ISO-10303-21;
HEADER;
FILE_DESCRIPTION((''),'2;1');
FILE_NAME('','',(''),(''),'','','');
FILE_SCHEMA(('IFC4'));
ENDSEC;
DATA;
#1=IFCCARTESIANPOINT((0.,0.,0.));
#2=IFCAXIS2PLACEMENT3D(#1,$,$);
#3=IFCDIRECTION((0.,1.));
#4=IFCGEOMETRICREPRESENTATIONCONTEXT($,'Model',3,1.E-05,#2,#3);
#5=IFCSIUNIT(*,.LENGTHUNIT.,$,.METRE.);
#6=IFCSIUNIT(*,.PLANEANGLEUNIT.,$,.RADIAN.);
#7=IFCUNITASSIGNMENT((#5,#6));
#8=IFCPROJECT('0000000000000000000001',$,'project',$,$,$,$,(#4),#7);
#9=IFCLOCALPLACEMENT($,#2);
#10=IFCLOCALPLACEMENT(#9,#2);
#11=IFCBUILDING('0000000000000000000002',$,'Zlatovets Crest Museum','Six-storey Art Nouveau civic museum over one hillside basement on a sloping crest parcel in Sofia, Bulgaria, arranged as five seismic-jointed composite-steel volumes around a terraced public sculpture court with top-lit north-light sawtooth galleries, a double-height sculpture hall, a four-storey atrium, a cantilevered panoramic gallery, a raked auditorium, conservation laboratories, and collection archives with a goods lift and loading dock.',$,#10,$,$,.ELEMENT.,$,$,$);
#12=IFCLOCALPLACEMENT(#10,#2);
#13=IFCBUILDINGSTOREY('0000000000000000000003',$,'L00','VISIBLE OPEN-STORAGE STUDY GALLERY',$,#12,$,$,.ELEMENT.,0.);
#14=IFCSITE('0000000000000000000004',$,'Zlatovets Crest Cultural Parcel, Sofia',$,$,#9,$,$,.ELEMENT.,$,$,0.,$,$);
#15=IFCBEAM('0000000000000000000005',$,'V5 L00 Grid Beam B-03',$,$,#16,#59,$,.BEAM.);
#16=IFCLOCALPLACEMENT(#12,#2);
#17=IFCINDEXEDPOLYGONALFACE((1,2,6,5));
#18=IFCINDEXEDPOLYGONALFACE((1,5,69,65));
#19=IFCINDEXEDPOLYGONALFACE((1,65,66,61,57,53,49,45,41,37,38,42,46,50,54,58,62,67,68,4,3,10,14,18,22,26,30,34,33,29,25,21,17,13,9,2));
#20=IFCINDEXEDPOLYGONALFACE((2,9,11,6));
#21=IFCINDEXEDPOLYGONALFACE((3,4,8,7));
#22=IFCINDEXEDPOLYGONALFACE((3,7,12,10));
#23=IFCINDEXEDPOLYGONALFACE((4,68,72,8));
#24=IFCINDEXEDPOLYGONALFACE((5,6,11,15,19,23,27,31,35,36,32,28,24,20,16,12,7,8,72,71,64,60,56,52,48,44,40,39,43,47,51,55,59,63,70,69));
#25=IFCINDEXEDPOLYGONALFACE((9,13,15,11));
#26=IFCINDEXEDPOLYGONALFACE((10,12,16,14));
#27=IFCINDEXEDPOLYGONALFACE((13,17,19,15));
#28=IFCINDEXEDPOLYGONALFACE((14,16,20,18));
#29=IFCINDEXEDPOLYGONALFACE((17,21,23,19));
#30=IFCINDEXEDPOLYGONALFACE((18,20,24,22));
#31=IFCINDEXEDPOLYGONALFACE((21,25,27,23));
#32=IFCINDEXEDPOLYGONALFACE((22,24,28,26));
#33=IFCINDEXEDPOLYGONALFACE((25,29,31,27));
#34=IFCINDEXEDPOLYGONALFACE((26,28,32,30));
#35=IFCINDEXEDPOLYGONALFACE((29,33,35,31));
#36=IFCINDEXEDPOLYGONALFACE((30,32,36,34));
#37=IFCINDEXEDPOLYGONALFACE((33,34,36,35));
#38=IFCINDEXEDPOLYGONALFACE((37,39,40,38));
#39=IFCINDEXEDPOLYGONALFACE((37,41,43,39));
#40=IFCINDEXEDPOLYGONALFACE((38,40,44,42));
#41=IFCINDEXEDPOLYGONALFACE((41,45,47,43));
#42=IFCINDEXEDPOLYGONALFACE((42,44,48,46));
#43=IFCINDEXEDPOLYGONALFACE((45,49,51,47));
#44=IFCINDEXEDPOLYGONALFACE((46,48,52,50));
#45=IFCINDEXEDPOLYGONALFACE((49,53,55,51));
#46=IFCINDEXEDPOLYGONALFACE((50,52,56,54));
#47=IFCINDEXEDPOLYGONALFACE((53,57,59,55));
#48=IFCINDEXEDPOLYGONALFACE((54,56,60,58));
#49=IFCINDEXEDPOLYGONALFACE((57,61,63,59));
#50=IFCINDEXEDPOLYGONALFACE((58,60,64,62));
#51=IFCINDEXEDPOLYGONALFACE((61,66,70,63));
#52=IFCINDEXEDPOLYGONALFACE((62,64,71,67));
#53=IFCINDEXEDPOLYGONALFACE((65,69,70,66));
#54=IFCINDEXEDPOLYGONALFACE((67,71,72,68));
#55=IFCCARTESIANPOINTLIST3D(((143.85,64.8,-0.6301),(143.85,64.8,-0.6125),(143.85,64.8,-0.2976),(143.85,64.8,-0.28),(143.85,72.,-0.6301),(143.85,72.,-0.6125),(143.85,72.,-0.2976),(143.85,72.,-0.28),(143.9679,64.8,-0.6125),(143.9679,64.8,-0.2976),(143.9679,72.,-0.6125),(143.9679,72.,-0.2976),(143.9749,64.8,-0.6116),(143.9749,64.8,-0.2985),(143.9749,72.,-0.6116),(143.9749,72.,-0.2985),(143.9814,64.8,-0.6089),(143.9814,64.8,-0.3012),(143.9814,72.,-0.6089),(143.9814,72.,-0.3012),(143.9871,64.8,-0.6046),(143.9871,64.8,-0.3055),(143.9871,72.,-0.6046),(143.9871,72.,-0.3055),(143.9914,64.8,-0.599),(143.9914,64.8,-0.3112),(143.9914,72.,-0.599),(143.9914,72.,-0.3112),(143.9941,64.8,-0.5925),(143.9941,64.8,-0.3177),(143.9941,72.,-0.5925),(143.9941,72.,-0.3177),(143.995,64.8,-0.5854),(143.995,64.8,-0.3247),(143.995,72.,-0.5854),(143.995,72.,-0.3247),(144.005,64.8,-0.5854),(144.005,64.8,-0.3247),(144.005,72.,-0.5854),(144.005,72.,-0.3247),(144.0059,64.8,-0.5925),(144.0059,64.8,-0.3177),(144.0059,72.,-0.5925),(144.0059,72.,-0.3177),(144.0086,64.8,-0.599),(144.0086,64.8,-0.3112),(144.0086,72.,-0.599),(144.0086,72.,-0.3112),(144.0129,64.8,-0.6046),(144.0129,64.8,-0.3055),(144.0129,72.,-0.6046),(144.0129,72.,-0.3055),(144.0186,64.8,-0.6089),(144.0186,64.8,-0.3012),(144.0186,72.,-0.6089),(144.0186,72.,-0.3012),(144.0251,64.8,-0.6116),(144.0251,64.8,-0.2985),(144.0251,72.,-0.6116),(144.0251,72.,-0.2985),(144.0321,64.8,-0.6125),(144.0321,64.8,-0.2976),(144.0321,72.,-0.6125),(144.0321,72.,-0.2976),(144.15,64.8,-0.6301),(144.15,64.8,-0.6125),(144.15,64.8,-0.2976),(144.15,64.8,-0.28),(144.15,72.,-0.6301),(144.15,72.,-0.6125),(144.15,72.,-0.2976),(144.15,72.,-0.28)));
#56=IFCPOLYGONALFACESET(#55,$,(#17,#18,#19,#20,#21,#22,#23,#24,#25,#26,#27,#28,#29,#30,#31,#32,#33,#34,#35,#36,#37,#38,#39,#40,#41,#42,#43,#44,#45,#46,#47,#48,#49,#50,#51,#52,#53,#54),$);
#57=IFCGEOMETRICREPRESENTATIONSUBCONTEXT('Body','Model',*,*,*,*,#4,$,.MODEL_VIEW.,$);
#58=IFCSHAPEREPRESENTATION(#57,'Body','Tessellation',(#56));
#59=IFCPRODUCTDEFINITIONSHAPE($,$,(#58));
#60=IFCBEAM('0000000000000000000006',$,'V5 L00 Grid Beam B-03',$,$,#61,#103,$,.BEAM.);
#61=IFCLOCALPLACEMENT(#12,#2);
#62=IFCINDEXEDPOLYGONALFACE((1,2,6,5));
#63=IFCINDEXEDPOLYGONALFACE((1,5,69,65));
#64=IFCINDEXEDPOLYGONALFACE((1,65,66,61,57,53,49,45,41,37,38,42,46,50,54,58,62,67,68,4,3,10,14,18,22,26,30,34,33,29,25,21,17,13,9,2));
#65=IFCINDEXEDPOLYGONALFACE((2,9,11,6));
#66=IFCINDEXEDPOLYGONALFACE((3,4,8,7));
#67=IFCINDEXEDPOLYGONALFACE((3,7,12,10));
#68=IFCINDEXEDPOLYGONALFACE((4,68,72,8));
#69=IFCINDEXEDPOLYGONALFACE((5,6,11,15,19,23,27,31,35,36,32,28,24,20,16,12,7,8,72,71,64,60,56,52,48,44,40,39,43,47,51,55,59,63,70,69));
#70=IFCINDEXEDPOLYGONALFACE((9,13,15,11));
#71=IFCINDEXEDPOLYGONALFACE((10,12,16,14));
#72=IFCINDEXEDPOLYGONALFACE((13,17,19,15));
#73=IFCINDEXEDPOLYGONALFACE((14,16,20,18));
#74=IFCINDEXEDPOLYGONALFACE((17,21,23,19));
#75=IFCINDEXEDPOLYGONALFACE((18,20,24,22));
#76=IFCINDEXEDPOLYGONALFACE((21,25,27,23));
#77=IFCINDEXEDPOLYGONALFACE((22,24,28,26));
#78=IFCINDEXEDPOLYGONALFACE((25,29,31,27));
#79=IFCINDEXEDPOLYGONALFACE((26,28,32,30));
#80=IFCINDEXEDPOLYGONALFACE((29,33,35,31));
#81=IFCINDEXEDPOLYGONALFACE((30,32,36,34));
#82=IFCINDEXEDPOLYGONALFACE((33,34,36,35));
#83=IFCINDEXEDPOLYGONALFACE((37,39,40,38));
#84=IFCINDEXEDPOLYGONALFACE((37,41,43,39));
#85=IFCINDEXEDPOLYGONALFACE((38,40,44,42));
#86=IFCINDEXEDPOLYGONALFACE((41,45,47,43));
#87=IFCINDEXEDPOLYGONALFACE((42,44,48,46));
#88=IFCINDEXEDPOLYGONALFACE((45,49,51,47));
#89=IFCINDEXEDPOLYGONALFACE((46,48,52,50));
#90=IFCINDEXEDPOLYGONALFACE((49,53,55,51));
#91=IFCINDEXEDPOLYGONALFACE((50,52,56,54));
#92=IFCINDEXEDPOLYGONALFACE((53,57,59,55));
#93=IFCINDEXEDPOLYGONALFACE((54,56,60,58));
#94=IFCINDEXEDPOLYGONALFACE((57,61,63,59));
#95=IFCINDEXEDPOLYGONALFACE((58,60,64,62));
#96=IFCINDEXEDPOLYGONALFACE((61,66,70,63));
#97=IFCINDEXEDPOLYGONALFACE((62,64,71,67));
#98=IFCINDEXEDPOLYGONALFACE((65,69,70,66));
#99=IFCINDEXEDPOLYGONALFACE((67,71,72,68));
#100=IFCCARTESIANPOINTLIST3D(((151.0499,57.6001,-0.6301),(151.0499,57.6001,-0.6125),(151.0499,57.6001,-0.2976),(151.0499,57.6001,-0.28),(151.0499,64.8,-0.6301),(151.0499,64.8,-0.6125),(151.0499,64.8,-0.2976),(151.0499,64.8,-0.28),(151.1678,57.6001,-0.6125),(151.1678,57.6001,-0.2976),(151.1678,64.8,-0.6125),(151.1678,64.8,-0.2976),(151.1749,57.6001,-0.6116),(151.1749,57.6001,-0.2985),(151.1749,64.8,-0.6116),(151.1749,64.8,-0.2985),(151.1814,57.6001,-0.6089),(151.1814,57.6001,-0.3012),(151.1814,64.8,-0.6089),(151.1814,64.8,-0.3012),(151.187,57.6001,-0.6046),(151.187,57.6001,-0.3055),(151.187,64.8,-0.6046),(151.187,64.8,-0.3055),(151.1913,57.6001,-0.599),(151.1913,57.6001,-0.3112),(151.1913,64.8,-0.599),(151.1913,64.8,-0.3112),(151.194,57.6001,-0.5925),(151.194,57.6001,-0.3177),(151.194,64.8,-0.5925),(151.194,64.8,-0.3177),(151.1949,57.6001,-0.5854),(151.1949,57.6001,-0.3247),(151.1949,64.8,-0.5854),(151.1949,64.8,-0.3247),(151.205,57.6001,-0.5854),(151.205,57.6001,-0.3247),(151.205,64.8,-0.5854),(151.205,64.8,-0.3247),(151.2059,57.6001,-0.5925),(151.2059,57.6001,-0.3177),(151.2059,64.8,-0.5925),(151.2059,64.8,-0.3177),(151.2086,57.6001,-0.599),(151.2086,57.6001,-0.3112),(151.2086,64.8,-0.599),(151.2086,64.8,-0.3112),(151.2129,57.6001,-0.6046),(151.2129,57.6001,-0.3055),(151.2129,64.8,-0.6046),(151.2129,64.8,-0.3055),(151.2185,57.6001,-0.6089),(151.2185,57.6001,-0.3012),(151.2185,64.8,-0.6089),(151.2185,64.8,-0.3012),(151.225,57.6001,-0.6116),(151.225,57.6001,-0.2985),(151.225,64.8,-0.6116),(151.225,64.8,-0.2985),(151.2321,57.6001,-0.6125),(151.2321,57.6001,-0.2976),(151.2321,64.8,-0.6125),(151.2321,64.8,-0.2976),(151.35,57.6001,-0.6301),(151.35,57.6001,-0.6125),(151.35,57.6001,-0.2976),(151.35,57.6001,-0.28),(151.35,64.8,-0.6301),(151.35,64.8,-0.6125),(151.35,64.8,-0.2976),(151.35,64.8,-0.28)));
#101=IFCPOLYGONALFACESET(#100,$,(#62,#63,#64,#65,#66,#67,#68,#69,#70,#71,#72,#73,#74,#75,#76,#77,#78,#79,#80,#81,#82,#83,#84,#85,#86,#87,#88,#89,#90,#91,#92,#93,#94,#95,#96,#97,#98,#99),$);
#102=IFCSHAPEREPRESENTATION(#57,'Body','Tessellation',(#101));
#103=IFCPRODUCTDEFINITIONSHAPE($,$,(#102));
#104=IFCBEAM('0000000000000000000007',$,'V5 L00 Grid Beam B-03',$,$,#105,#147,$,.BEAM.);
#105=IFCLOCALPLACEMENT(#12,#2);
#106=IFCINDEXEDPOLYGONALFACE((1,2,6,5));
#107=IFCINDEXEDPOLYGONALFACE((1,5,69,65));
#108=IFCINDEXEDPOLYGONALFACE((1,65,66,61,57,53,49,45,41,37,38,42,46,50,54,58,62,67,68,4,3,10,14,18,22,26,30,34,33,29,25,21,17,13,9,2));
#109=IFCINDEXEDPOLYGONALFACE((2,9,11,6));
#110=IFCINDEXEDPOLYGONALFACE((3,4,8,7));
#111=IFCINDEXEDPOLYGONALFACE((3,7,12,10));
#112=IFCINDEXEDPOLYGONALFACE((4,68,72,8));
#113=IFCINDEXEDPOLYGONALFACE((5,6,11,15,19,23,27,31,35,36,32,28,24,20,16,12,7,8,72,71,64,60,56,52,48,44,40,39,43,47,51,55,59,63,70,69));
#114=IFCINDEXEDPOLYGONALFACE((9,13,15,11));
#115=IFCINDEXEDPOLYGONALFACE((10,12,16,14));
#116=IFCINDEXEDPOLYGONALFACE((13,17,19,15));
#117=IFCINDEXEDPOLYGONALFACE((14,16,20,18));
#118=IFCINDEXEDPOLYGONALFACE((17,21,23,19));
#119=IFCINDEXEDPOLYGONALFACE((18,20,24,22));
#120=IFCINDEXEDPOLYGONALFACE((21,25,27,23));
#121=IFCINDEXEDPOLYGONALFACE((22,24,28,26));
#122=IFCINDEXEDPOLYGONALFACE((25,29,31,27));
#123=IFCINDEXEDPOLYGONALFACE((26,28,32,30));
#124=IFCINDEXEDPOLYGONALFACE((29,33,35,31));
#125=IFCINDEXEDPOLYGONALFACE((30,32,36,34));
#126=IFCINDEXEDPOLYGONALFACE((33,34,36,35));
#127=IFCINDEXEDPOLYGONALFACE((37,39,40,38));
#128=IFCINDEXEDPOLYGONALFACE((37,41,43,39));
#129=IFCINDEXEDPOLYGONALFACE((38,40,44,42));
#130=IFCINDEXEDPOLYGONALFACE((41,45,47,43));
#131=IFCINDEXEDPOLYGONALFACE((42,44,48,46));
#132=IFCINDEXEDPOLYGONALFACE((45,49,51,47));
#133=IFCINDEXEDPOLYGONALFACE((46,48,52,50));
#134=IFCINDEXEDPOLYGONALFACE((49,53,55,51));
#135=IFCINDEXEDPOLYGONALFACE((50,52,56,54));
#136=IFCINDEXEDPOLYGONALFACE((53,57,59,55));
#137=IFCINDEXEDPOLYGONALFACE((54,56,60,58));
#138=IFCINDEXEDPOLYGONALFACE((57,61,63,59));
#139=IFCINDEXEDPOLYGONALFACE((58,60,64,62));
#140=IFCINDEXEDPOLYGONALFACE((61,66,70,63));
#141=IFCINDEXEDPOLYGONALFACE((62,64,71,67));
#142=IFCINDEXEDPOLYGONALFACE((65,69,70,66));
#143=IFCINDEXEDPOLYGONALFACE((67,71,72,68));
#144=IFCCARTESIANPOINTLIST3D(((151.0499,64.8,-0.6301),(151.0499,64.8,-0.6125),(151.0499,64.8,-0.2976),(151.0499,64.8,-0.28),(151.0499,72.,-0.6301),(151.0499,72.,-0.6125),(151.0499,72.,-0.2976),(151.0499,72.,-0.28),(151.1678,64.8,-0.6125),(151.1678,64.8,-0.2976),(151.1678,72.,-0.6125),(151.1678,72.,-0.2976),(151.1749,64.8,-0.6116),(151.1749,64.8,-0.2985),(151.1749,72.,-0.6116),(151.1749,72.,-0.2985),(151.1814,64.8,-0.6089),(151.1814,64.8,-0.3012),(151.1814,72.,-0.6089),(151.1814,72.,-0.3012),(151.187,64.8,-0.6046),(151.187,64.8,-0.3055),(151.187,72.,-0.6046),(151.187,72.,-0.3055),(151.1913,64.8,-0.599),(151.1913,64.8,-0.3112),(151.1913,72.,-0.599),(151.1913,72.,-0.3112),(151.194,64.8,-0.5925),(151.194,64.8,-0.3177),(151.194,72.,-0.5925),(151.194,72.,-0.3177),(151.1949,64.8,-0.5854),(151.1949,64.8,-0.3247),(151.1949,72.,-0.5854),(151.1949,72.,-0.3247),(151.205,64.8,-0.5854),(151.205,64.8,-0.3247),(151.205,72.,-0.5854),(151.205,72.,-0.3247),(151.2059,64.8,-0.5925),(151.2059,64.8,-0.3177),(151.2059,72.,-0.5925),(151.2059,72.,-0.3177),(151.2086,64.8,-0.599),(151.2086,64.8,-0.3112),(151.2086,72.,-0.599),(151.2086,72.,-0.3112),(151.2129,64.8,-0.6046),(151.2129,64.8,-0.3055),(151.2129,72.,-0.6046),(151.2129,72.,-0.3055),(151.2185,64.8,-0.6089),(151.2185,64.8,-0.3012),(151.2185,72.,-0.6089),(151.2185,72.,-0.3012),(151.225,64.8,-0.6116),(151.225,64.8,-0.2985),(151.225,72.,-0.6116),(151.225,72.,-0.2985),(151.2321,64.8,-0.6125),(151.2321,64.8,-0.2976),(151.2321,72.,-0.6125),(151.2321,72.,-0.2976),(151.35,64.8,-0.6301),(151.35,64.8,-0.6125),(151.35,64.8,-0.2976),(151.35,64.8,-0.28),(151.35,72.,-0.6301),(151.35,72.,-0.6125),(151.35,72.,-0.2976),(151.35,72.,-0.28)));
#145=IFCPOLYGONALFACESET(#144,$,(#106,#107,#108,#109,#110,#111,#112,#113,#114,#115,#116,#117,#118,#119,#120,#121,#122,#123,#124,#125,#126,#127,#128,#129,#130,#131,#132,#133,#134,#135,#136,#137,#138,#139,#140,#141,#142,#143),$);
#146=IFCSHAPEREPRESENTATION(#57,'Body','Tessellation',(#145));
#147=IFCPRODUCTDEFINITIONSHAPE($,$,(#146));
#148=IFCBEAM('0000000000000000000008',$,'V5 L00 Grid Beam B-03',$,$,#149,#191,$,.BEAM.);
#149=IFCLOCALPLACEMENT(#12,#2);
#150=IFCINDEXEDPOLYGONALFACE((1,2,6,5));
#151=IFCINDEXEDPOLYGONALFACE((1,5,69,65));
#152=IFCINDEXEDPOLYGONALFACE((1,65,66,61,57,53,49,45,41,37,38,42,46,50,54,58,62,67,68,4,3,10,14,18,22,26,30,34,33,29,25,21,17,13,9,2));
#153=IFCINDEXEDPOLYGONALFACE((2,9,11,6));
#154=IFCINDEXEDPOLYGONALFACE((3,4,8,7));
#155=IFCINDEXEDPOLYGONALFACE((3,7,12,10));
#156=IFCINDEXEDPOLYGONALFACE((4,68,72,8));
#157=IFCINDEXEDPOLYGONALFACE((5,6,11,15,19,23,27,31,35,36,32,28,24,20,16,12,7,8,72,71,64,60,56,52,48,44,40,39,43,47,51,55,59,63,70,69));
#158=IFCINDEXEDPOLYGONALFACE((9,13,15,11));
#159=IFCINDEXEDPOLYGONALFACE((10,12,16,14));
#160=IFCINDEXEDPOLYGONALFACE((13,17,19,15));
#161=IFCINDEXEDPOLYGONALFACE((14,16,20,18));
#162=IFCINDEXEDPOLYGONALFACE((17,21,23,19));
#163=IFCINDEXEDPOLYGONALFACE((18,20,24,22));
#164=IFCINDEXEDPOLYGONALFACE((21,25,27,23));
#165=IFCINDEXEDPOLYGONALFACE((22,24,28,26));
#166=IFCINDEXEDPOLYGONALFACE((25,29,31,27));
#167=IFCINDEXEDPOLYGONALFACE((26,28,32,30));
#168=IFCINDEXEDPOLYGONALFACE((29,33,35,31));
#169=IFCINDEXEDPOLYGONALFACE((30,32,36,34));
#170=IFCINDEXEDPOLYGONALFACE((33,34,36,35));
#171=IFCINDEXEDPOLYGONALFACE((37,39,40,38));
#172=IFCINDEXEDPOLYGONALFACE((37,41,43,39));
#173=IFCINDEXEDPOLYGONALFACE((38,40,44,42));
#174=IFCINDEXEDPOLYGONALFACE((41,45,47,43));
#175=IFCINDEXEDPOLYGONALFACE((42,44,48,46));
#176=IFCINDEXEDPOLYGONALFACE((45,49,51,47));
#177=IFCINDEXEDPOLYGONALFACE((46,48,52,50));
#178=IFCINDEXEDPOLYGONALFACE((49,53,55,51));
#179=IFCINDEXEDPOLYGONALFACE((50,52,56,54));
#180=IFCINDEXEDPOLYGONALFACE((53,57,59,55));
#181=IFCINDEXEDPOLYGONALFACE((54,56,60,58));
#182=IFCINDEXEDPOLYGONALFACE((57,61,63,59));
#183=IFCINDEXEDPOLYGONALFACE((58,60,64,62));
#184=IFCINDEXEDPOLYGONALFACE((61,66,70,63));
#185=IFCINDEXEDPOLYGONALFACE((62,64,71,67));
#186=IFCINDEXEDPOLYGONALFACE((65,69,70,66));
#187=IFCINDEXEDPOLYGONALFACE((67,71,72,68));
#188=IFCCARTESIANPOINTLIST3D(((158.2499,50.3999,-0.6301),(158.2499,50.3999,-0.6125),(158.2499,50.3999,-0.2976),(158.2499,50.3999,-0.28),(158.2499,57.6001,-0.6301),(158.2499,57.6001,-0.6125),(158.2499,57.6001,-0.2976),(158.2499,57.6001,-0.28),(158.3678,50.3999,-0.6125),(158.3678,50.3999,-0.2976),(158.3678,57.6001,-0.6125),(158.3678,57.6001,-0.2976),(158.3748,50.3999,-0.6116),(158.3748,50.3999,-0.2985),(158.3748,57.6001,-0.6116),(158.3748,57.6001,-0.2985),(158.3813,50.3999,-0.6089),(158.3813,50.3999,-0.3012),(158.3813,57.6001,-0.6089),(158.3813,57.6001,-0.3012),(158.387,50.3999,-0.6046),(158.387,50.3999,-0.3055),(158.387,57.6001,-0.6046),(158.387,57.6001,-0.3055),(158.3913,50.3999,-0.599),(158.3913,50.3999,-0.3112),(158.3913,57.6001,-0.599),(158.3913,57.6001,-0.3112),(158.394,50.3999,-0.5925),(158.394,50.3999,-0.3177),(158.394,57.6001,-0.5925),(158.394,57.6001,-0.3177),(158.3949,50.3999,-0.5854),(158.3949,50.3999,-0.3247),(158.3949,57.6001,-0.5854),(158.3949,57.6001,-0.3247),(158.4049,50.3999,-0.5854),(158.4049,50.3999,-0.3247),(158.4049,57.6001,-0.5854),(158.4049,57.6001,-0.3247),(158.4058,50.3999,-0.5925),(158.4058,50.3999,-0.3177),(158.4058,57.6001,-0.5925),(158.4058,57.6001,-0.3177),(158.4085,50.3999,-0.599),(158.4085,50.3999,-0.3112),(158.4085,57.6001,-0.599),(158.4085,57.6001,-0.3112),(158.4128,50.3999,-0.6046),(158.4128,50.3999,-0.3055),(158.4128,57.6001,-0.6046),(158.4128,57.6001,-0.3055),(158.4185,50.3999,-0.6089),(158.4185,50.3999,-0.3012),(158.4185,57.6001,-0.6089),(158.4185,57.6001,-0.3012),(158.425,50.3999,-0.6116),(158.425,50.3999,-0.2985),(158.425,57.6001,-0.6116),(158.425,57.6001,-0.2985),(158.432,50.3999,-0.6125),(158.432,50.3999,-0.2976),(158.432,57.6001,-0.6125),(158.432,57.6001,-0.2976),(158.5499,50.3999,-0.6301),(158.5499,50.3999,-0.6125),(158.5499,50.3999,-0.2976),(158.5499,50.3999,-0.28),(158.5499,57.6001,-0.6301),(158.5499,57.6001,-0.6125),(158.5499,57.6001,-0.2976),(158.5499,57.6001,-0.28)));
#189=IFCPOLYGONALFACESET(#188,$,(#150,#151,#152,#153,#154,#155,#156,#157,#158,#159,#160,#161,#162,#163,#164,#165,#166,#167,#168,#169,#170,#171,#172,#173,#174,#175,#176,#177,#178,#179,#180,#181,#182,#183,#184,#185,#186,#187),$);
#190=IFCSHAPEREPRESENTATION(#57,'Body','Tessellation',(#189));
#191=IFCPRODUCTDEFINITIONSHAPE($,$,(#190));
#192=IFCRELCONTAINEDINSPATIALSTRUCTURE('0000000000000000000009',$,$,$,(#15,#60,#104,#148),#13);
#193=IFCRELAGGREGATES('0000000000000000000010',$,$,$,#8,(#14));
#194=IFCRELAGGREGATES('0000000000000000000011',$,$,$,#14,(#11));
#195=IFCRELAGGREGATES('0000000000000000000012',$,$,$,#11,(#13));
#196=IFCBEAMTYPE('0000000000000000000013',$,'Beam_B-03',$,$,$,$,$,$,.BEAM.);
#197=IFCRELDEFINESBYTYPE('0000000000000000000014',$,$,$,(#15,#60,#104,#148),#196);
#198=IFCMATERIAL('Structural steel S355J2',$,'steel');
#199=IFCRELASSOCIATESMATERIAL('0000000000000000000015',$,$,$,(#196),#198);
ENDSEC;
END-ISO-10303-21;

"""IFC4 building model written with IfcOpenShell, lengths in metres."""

from ifc_helpers import new_model, si_unit, direction, frame, origin, origin_2d, place, context, subcontext, project, spatial, i_section, extrude, material, material_profile, profile_set, type_object, element, save


model = new_model("IFC4")

# Units and contexts
model_context = context("Model", 3, precision=1e-05, world=origin(), true_north=direction((0.0, 1.0)))
body_context = subcontext(model_context, "Body", "Model", "MODEL_VIEW")
ifc_project = project(units=[si_unit("LENGTHUNIT", "METRE"), si_unit("PLANEANGLEUNIT", "RADIAN")], contexts=[model_context])

# Site, building, storey
site_placement = place(None, origin())
site = spatial("IfcSite", under=ifc_project, at=site_placement, Name="Zlatovets Crest Cultural Parcel, Sofia", CompositionType="ELEMENT", RefElevation=0.0)
building_placement = place(site_placement, origin())
building = spatial("IfcBuilding", under=site, at=building_placement, Name="Zlatovets Crest Museum", Description="Six-storey Art Nouveau civic museum over one hillside basement on a sloping crest parcel in Sofia, Bulgaria, arranged as five seismic-jointed composite-steel volumes around a terraced public sculpture court with top-lit north-light sawtooth galleries, a double-height sculpture hall, a four-storey atrium, a cantilevered panoramic gallery, a raked auditorium, conservation laboratories, and collection archives with a goods lift and loading dock.", CompositionType="ELEMENT")
storey_placement = place(building_placement, origin())
storey = spatial("IfcBuildingStorey", under=building, at=storey_placement, Name="L00", Description="VISIBLE OPEN-STORAGE STUDY GALLERY", CompositionType="ELEMENT", Elevation=0.0)

# Shared definitions
ifc_material = material(Name="Structural steel S355J2", Category="steel")

# Beams
ifc_material_profile_1 = material_profile(ifc_material, i_section(OverallWidth=0.3, OverallDepth=0.3501, WebThickness=0.01, FlangeThickness=0.0176, FilletRadius=0.0271, at=origin_2d()), Name="HEA 360")
ifc_profile_set_1 = profile_set([ifc_material_profile_1], Name="Structural steel S355J2")
beam_type_1 = type_object("IfcBeamType", Name="Beam_B-03", PredefinedType="BEAM", material=ifc_profile_set_1)
for number, where, z_axis, x_axis, name in (
    (1, (144.0, 64.8, -0.4551), (0.0, 1.0, 0.0), (-1.0, 0.0, 0.0), "V5 L00 Grid Beam B-03"),
    (2, (151.2, 57.6001, -0.4551), (0.0, 1.0, 0.0), (-1.0, 0.0, 0.0), "V5 L00 Grid Beam B-03"),
    (3, (151.2, 64.8, -0.4551), (0.0, 1.0, 0.0), (-1.0, 0.0, 0.0), "V5 L00 Grid Beam B-03"),
):
    element("IfcBeam", number, at=place(storey_placement, frame(where, z_axis=z_axis, x_axis=x_axis)), inside=storey, type_object=beam_type_1, Name=name, PredefinedType="BEAM", context=body_context, shape_type="SweptSolid", body=[
        extrude(i_section(OverallWidth=0.3, OverallDepth=0.3501, WebThickness=0.01, FlangeThickness=0.0176, FilletRadius=0.0271, at=origin_2d()), origin(), (0.0, 0.0, 1.0), 7.2),
    ])
beam_1_placement = place(storey_placement, frame((158.3999, 50.3999, -0.4551), z_axis=(0.0, 1.0, 0.0), x_axis=(-1.0, 0.0, 0.0)))
element("IfcBeam", 4, at=beam_1_placement, inside=storey, type_object=beam_type_1, Name="V5 L00 Grid Beam B-03", PredefinedType="BEAM", context=body_context, shape_type="SweptSolid", body=[
    extrude(i_section(OverallWidth=0.3, OverallDepth=0.3501, WebThickness=0.01, FlangeThickness=0.0176, FilletRadius=0.0271, at=origin_2d()), origin(), (0.0, 0.0, 1.0), 7.2002),
])

save(model, "model.ifc")
